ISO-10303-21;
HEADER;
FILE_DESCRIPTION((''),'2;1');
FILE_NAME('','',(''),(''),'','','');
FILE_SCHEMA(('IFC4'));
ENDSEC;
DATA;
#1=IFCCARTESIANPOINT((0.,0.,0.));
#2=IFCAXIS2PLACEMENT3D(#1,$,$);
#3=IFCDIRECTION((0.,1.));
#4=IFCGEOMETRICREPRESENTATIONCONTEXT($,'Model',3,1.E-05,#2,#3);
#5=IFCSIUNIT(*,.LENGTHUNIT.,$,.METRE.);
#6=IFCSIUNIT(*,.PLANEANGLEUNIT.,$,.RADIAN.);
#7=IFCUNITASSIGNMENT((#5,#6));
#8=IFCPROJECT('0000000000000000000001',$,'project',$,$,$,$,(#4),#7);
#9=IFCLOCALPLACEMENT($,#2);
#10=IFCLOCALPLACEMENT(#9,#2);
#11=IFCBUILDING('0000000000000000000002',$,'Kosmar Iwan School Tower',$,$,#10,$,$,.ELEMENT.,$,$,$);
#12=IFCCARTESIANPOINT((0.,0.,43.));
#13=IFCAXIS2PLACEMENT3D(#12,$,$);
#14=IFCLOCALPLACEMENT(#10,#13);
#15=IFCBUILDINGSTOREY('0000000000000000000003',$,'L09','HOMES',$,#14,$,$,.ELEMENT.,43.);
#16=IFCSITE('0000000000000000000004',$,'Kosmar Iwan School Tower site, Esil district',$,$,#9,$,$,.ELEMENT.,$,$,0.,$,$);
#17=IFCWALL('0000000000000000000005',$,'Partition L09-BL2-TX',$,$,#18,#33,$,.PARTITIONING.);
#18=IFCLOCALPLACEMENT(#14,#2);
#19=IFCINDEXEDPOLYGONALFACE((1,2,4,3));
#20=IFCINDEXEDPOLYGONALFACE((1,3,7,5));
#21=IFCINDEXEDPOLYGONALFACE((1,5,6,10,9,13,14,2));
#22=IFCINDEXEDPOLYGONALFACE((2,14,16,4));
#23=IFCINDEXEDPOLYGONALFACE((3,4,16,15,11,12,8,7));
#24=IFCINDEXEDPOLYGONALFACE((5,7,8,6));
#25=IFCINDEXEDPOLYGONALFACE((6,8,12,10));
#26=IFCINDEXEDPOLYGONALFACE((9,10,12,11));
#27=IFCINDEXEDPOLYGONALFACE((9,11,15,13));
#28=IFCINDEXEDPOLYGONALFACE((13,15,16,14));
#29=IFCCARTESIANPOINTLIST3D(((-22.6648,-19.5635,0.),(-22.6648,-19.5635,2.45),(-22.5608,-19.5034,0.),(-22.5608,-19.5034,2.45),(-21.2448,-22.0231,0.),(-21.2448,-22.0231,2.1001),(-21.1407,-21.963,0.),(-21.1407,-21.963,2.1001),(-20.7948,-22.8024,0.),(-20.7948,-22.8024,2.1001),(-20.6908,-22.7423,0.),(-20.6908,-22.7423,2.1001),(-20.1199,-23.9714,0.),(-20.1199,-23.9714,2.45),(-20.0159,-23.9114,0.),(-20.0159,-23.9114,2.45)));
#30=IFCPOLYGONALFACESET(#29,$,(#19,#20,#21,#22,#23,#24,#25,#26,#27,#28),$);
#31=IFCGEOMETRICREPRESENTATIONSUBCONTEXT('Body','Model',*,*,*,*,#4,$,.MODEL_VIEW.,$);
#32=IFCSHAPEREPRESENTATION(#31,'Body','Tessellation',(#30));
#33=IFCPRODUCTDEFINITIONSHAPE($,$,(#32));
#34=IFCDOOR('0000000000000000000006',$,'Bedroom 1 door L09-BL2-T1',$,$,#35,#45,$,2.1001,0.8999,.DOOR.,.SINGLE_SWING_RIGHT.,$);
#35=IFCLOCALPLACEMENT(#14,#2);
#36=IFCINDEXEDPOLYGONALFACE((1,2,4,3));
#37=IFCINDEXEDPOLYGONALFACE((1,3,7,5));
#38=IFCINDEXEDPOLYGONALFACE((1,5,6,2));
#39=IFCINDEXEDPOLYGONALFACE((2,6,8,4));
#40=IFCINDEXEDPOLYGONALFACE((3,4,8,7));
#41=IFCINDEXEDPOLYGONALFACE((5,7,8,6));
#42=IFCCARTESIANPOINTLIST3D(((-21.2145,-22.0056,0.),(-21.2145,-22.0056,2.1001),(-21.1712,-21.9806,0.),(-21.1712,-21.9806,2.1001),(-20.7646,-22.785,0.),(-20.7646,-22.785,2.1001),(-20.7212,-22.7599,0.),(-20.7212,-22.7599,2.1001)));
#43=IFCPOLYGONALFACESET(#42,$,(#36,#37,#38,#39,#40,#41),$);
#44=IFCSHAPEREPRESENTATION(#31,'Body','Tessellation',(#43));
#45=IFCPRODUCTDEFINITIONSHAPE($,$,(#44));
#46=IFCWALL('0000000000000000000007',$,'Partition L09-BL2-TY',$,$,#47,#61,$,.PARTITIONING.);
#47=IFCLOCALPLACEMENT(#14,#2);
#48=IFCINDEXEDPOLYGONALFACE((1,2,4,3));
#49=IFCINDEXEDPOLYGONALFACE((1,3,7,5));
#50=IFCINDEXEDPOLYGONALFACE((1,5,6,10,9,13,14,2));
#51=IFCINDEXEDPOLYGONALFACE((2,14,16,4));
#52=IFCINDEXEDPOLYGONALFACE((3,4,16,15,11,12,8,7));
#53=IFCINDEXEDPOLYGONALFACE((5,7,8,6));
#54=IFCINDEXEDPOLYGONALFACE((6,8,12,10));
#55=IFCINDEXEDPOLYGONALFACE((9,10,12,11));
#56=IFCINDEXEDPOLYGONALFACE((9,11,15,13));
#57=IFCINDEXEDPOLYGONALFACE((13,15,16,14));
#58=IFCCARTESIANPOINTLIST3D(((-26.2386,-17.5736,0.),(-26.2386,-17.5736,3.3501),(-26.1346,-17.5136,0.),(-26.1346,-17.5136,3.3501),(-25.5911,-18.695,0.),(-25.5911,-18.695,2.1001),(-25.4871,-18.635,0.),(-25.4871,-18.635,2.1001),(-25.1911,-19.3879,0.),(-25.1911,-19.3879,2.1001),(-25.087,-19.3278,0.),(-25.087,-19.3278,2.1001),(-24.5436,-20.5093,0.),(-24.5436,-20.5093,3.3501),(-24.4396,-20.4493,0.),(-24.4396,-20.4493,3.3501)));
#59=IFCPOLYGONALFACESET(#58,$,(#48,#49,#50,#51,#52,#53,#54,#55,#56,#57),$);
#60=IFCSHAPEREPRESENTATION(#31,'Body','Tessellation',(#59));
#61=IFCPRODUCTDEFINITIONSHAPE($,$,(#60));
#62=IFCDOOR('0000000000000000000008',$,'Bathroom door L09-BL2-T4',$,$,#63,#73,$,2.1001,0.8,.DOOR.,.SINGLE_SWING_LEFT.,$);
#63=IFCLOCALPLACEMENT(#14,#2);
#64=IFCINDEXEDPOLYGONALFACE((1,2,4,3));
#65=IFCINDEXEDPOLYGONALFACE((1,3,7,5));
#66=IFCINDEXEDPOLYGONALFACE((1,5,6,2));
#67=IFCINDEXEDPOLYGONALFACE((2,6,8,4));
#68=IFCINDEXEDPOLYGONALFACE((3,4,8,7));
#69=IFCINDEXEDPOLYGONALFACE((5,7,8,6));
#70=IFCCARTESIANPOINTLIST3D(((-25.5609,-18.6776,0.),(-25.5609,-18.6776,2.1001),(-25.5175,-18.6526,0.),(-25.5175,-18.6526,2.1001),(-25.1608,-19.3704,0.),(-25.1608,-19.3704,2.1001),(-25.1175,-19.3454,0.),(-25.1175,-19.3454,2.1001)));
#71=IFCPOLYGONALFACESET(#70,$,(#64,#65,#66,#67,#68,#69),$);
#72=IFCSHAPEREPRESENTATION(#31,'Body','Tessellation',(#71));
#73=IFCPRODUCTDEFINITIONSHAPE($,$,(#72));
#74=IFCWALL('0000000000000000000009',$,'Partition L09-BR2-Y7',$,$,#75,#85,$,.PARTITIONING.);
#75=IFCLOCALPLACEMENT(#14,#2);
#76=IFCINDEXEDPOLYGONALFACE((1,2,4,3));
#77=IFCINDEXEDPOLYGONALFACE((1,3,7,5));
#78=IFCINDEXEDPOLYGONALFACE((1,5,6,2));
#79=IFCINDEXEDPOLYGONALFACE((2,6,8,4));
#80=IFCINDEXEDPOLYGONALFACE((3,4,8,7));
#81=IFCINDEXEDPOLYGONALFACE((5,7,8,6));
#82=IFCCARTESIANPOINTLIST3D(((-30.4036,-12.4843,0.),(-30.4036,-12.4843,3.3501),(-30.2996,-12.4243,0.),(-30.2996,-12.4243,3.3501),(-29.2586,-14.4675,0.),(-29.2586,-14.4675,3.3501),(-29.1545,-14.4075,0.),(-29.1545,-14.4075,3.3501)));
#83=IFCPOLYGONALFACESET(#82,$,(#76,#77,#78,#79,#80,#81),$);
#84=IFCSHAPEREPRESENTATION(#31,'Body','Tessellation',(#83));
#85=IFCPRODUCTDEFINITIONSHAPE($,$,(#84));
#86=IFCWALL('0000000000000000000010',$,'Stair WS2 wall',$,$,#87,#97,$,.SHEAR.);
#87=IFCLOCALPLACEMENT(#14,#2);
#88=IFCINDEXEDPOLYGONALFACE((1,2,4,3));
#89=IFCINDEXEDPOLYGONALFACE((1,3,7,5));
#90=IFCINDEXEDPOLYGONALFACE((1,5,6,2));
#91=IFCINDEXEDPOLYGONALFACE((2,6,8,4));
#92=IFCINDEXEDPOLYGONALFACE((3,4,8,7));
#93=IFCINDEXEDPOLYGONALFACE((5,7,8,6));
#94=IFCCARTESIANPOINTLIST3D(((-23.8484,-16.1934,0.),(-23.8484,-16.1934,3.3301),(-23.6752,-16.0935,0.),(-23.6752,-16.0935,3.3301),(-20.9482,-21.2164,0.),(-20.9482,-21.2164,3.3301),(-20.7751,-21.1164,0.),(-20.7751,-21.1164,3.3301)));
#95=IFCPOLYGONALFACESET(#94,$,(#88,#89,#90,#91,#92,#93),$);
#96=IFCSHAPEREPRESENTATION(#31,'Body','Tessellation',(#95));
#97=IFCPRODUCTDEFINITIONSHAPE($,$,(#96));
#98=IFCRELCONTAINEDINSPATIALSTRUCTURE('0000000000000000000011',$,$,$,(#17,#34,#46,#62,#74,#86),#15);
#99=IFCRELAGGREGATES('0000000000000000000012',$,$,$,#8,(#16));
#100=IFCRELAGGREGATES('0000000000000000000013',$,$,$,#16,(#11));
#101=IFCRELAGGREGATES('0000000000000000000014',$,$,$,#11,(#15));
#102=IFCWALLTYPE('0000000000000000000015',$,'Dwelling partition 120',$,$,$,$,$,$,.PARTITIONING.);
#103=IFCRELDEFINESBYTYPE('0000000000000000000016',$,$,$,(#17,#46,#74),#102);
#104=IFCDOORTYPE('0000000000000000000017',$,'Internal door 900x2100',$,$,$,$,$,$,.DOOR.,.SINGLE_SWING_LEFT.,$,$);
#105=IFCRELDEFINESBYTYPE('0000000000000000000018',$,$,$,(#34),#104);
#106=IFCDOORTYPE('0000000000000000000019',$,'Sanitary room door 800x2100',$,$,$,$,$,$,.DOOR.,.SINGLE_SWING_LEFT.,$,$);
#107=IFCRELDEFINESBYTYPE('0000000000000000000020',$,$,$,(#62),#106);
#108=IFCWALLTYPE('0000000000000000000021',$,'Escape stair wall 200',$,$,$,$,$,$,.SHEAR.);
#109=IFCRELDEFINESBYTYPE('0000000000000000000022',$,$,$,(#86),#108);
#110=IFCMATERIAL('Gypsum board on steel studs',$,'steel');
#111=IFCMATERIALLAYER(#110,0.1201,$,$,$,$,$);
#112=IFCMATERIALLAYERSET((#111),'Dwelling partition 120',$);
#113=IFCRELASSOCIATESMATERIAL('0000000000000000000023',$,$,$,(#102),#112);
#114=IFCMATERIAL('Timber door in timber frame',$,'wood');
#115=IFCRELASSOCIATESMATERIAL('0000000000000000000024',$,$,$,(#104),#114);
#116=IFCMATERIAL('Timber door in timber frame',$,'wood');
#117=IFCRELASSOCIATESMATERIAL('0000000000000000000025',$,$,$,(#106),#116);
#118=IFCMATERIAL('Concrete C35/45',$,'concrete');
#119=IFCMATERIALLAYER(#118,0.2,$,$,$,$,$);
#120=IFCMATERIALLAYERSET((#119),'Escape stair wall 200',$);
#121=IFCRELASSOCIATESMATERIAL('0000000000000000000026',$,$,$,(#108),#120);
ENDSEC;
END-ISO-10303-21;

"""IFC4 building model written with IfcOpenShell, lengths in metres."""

from ifc_helpers import new_model, si_unit, direction, frame, frame_2d, origin, place, context, subcontext, project, spatial, rectangle, extrude, material, layer, layer_set, type_object, element, fill, save


model = new_model("IFC4")

# Units and contexts
model_context = context("Model", 3, precision=1e-05, world=origin(), true_north=direction((0.0, 1.0)))
body_context = subcontext(model_context, "Body", "Model", "MODEL_VIEW")
ifc_project = project(units=[si_unit("LENGTHUNIT", "METRE"), si_unit("PLANEANGLEUNIT", "RADIAN")], contexts=[model_context])

# Site, building, storey
site_placement = place(None, origin())
site = spatial("IfcSite", under=ifc_project, at=site_placement, Name="Kosmar Iwan School Tower site, Esil district", CompositionType="ELEMENT", RefElevation=0.0)
building_placement = place(site_placement, origin())
building = spatial("IfcBuilding", under=site, at=building_placement, Name="Kosmar Iwan School Tower", CompositionType="ELEMENT")
storey_placement = place(building_placement, frame((0.0, 0.0, 43.0)))
storey = spatial("IfcBuildingStorey", under=building, at=storey_placement, Name="L09", Description="HOMES", CompositionType="ELEMENT", Elevation=43.0)

# Walls, openings, doors
ifc_material_1 = material(Name="Gypsum board on steel studs", Category="steel")
ifc_layer_1 = layer(ifc_material_1, 0.1201)
ifc_layer_set_1 = layer_set([ifc_layer_1], Name="Dwelling partition 120")
wall_type_1 = type_object("IfcWallType", Name="Dwelling partition 120", PredefinedType="PARTITIONING", material=ifc_layer_set_1)
wall_1_placement = place(storey_placement, frame((-22.6128, -19.5334, 0.0), z_axis=(0.0, 0.0, 1.0), x_axis=(0.499998, -0.866027, 0.0)))
wall_1 = element("IfcWall", 1, at=wall_1_placement, inside=storey, type_object=wall_type_1, Name="Partition L09-BL2-TX", PredefinedType="PARTITIONING", context=body_context, shape_type="SweptSolid", body=[
    extrude(rectangle(XDim=5.0898, YDim=0.1201, at=frame_2d((2.5449, 0.0))), origin(), (0.0, 0.0, 1.0), 2.45),
])
opening_1_placement = place(wall_1_placement, frame((2.8401, 0.0, 0.0)))
opening_1 = element("IfcOpeningElement", 2, at=opening_1_placement, cuts=wall_1, PredefinedType="OPENING", context=body_context, shape_type="SweptSolid", body=[
    extrude(rectangle(XDim=0.8999, YDim=2.1001, at=frame_2d((0.45, 1.05))), frame((0.0, 0.072, 0.0), z_axis=(0.0, -1.0, 0.0), x_axis=(1.0, 0.0, 0.0)), (0.0, 0.0, 1.0), 0.144),
])
ifc_material_2 = material(Name="Timber door in timber frame", Category="wood")
door_type_1 = type_object("IfcDoorType", Name="Internal door 900x2100", OperationType="SINGLE_SWING_LEFT", PredefinedType="DOOR", material=ifc_material_2)
door_1_placement = place(opening_1_placement, origin())
door_1 = element("IfcDoor", 3, at=door_1_placement, inside=storey, type_object=door_type_1, Name="Bedroom 1 door L09-BL2-T1", OperationType="SINGLE_SWING_RIGHT", OverallHeight=2.1001, OverallWidth=0.8999, PredefinedType="DOOR", context=body_context, shape_type="SweptSolid", body=[
    extrude(rectangle(XDim=0.8999, YDim=2.1001, at=frame_2d((0.45, 1.05))), frame((0.0, 0.0249, 0.0), z_axis=(0.0, -1.0, 0.0), x_axis=(1.0, 0.0, 0.0)), (0.0, 0.0, 1.0), 0.05),
])
fill(opening_1, door_1)
wall_2_placement = place(storey_placement, frame((-26.1865, -17.5437, 0.0), z_axis=(0.0, 0.0, 1.0), x_axis=(0.50002, -0.866014, 0.0)))
wall_2 = element("IfcWall", 4, at=wall_2_placement, inside=storey, type_object=wall_type_1, Name="Partition L09-BL2-TY", PredefinedType="PARTITIONING", context=body_context, shape_type="SweptSolid", body=[
    extrude(rectangle(XDim=3.3899, YDim=0.1201, at=frame_2d((1.6948, 0.0))), origin(), (0.0, 0.0, 1.0), 3.3501),
])
opening_2_placement = place(wall_2_placement, frame((1.2949, 0.0, 0.0)))
opening_2 = element("IfcOpeningElement", 5, at=opening_2_placement, cuts=wall_2, PredefinedType="OPENING", context=body_context, shape_type="SweptSolid", body=[
    extrude(rectangle(XDim=0.8, YDim=2.1001, at=frame_2d((0.3999, 1.05))), frame((0.0, 0.072, 0.0), z_axis=(0.0, -1.0, 0.0), x_axis=(1.0, 0.0, 0.0)), (0.0, 0.0, 1.0), 0.144),
])
ifc_material_3 = material(Name="Timber door in timber frame", Category="wood")
door_type_2 = type_object("IfcDoorType", Name="Sanitary room door 800x2100", OperationType="SINGLE_SWING_LEFT", PredefinedType="DOOR", material=ifc_material_3)
door_2_placement = place(opening_2_placement, origin())
door_2 = element("IfcDoor", 6, at=door_2_placement, inside=storey, type_object=door_type_2, Name="Bathroom door L09-BL2-T4", OperationType="SINGLE_SWING_LEFT", OverallHeight=2.1001, OverallWidth=0.8, PredefinedType="DOOR", context=body_context, shape_type="SweptSolid", body=[
    extrude(rectangle(XDim=0.8, YDim=2.1001, at=frame_2d((0.3999, 1.05))), frame((0.0, 0.0249, 0.0), z_axis=(0.0, -1.0, 0.0), x_axis=(1.0, 0.0, 0.0)), (0.0, 0.0, 1.0), 0.05),
])
fill(opening_2, door_2)

# Walls
wall_3_placement = place(storey_placement, frame((-29.2065, -14.4375, 0.0), z_axis=(0.0, 0.0, 1.0), x_axis=(-0.500015, 0.866017, 0.0)))
element("IfcWall", 7, at=wall_3_placement, inside=storey, type_object=wall_type_1, Name="Partition L09-BR2-Y7", PredefinedType="PARTITIONING", context=body_context, shape_type="SweptSolid", body=[
    extrude(rectangle(XDim=2.29, YDim=0.1201, at=frame_2d((1.145, 0.0))), origin(), (0.0, 0.0, 1.0), 3.3501),
])
ifc_material_4 = material(Name="Concrete C35/45", Category="concrete")
ifc_layer_2 = layer(ifc_material_4, 0.2)
ifc_layer_set_2 = layer_set([ifc_layer_2], Name="Escape stair wall 200")
wall_type_2 = type_object("IfcWallType", Name="Escape stair wall 200", PredefinedType="SHEAR", material=ifc_layer_set_2)
wall_4_placement = place(storey_placement, frame((-23.7617, -16.1436, 0.0), z_axis=(0.0, 0.0, 1.0), x_axis=(0.500019, -0.866015, 0.0)))
element("IfcWall", 8, at=wall_4_placement, inside=storey, type_object=wall_type_2, Name="Stair WS2 wall", PredefinedType="SHEAR", context=body_context, shape_type="SweptSolid", body=[
    extrude(rectangle(XDim=5.8, YDim=0.2, at=frame_2d((2.8999, 0.0))), origin(), (0.0, 0.0, 1.0), 3.3301),
])

save(model, "model.ifc")
